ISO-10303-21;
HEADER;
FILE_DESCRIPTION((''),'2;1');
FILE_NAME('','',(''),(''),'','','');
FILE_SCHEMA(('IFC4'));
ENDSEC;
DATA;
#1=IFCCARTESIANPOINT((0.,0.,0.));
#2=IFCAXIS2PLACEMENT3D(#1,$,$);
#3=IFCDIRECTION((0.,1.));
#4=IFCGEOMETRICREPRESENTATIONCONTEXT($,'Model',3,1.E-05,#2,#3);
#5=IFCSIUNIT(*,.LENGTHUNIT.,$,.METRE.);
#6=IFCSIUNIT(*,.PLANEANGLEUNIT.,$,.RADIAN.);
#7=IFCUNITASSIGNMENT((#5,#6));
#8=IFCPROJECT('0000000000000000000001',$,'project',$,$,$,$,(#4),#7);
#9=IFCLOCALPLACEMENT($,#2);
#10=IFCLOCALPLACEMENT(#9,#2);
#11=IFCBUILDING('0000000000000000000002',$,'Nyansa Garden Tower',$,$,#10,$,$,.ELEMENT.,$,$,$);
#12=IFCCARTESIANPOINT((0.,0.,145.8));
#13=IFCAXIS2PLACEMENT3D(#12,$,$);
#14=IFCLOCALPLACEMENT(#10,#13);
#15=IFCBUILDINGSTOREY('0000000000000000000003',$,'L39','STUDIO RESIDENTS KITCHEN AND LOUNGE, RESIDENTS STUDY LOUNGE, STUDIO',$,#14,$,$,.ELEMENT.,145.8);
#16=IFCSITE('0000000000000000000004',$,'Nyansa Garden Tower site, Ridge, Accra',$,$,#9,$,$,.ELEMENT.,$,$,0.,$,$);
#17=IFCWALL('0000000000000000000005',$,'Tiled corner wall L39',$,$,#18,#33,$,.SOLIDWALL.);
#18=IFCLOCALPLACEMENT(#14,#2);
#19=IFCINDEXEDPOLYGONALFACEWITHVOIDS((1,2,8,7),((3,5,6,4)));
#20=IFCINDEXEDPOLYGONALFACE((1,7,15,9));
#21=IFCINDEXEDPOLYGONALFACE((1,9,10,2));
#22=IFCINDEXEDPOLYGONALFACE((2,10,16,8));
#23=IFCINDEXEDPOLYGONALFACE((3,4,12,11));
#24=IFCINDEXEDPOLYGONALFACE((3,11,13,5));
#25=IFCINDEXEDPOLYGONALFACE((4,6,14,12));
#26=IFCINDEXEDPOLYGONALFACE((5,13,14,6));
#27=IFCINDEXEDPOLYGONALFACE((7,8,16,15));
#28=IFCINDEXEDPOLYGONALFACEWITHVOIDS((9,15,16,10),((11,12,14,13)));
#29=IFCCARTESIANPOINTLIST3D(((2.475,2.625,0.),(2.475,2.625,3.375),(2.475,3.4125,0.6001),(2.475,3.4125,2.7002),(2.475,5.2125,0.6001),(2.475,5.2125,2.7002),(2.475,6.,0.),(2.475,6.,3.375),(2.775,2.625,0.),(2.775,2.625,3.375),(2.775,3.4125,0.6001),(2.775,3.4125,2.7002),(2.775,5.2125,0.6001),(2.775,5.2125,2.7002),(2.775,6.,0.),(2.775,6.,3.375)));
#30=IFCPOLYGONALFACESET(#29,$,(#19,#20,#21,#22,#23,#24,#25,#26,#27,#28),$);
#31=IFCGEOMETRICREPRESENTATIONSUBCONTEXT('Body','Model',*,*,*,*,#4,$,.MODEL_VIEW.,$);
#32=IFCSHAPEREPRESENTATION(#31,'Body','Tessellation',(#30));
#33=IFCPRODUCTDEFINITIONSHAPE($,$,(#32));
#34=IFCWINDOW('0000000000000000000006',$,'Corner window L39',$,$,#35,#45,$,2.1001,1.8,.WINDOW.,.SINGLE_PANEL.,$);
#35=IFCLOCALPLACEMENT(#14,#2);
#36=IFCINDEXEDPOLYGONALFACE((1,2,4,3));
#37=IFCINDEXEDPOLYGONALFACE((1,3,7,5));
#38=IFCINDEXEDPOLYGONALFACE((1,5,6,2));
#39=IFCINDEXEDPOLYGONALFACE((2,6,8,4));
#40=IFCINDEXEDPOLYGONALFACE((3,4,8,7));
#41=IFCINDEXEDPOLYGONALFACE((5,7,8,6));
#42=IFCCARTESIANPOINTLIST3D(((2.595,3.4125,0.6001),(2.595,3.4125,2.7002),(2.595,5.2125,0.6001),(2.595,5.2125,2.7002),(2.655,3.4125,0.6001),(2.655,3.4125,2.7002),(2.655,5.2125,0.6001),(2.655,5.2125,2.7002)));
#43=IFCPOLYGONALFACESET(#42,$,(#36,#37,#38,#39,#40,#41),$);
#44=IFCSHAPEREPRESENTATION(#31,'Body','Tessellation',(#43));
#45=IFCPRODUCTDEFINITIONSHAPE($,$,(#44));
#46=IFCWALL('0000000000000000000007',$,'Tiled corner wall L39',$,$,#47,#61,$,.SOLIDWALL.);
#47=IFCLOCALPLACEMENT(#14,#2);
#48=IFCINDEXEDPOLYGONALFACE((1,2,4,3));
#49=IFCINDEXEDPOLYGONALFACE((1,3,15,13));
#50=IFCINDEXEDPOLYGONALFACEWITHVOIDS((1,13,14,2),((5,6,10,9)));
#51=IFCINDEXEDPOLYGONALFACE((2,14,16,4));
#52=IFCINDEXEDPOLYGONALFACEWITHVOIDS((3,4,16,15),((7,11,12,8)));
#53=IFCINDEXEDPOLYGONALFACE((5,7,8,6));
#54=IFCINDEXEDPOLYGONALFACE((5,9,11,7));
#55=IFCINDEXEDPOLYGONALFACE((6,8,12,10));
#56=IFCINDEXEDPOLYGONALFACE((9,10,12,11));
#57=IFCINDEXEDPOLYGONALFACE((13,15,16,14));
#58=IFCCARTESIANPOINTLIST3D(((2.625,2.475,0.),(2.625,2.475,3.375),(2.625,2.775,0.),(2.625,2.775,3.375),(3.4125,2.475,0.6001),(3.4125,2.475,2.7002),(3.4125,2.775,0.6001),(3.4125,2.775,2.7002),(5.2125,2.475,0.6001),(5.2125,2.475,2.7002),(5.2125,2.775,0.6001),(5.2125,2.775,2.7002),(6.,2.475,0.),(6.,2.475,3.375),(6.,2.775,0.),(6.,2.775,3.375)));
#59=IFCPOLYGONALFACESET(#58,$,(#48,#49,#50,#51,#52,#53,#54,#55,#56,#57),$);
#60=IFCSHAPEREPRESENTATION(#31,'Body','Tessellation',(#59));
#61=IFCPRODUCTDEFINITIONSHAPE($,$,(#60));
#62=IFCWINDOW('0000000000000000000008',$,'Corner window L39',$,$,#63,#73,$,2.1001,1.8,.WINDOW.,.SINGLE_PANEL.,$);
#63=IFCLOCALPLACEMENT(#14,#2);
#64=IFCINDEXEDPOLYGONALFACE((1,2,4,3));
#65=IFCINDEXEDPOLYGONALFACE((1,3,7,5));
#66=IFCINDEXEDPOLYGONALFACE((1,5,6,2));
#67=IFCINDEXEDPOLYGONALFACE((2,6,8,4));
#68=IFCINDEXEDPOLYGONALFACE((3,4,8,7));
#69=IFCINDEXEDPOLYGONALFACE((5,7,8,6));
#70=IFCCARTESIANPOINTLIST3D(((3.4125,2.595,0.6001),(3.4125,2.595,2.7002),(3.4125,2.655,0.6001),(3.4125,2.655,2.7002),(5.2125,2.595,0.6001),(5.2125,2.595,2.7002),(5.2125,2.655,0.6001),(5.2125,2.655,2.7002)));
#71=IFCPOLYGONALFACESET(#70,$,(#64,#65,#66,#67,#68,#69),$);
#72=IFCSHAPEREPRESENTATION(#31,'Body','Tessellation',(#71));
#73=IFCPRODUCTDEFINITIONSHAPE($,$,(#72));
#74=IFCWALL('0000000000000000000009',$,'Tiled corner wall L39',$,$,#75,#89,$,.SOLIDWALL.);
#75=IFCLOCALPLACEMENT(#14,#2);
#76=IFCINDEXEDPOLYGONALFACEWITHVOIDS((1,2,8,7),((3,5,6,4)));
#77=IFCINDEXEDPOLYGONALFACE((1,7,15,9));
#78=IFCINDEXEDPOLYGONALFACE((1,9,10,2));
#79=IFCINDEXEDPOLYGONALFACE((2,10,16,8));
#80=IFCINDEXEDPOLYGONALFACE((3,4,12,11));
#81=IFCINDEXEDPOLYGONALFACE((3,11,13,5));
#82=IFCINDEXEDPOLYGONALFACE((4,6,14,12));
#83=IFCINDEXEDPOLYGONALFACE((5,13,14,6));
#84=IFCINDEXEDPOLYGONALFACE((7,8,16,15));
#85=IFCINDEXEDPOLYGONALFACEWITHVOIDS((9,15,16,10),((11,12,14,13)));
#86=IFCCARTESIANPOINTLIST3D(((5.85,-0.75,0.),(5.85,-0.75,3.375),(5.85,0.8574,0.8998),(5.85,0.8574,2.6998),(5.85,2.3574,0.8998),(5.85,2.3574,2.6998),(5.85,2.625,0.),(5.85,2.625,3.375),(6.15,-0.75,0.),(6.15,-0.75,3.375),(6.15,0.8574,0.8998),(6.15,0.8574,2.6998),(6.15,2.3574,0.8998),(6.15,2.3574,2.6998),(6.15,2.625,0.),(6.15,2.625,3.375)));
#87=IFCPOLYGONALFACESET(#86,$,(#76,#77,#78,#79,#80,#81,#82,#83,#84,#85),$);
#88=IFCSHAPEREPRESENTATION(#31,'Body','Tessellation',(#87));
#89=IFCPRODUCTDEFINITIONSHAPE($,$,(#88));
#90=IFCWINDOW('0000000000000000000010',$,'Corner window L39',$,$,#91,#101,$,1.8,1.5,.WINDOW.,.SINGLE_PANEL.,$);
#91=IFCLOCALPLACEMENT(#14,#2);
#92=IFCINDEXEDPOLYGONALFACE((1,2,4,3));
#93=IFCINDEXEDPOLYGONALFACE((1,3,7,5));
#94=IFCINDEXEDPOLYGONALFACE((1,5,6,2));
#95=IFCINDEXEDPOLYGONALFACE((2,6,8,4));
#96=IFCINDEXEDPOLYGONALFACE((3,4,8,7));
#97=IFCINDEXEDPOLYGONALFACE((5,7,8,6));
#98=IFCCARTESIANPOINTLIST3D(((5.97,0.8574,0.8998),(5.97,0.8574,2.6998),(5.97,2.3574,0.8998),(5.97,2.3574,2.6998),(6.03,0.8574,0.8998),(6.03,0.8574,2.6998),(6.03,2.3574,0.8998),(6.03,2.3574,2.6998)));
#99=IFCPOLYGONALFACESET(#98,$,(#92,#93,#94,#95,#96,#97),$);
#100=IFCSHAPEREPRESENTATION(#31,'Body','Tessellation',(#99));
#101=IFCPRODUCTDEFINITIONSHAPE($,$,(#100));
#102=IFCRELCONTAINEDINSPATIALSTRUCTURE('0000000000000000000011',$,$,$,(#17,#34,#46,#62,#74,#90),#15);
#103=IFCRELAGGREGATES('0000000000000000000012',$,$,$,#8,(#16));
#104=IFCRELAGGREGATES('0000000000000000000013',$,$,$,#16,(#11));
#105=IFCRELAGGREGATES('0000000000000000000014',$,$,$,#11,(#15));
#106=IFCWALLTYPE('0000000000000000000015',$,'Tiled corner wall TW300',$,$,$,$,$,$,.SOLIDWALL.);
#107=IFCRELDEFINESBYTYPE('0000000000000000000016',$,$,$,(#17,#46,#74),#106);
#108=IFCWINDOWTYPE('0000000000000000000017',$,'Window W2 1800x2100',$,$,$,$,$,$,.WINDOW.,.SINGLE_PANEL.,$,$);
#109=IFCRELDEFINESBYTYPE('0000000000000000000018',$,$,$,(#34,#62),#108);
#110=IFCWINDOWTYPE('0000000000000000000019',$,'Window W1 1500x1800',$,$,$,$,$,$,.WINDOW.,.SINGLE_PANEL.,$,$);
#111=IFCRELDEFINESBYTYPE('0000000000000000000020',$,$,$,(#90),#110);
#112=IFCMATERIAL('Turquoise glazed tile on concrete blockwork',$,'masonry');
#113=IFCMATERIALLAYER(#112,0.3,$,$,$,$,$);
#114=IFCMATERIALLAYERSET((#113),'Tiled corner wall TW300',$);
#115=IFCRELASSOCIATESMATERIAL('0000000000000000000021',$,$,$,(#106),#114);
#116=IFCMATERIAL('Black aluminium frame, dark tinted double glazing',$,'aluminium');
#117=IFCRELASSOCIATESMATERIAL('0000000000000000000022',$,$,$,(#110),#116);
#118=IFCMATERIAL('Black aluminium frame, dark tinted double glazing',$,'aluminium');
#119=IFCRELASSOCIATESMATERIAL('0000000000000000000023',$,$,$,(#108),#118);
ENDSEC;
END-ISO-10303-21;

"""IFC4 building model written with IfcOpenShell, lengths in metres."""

from ifc_helpers import new_model, si_unit, direction, frame, frame_2d, origin, place, context, subcontext, project, spatial, rectangle, extrude, material, layer, layer_set, type_object, element, fill, save


model = new_model("IFC4")

# Units and contexts
model_context = context("Model", 3, precision=1e-05, world=origin(), true_north=direction((0.0, 1.0)))
body_context = subcontext(model_context, "Body", "Model", "MODEL_VIEW")
ifc_project = project(units=[si_unit("LENGTHUNIT", "METRE"), si_unit("PLANEANGLEUNIT", "RADIAN")], contexts=[model_context])

# Site, building, storey
site_placement = place(None, origin())
site = spatial("IfcSite", under=ifc_project, at=site_placement, Name="Nyansa Garden Tower site, Ridge, Accra", CompositionType="ELEMENT", RefElevation=0.0)
building_placement = place(site_placement, origin())
building = spatial("IfcBuilding", under=site, at=building_placement, Name="Nyansa Garden Tower", CompositionType="ELEMENT")
storey_placement = place(building_placement, frame((0.0, 0.0, 145.8)))
storey = spatial("IfcBuildingStorey", under=building, at=storey_placement, Name="L39", Description="STUDIO RESIDENTS KITCHEN AND LOUNGE, RESIDENTS STUDY LOUNGE, STUDIO", CompositionType="ELEMENT", Elevation=145.8)

# Walls, openings, windows
ifc_material_1 = material(Name="Turquoise glazed tile on concrete blockwork", Category="masonry")
ifc_layer_1 = layer(ifc_material_1, 0.3)
ifc_layer_set_1 = layer_set([ifc_layer_1], Name="Tiled corner wall TW300")
wall_type = type_object("IfcWallType", Name="Tiled corner wall TW300", PredefinedType="SOLIDWALL", material=ifc_layer_set_1)
ifc_material_2 = material(Name="Black aluminium frame, dark tinted double glazing", Category="aluminium")
window_type_1 = type_object("IfcWindowType", Name="Window W1 1500x1800", PartitioningType="SINGLE_PANEL", PredefinedType="WINDOW", material=ifc_material_2)
wall_1_placement = place(storey_placement, frame((2.625, 6.0, 0.0), z_axis=(0.0, 0.0, 1.0), x_axis=(0.0, -1.0, 0.0)))
wall_1 = element("IfcWall", 1, at=wall_1_placement, inside=storey, type_object=wall_type, Name="Tiled corner wall L39", PredefinedType="SOLIDWALL", context=body_context, shape_type="SweptSolid", body=[
    extrude(rectangle(XDim=3.375, YDim=0.3, at=frame_2d((1.6875, 0.0))), origin(), (0.0, 0.0, 1.0), 3.375),
])
opening_1_placement = place(wall_1_placement, frame((0.7876, 0.0, 0.6001)))
opening_1 = element("IfcOpeningElement", 2, at=opening_1_placement, cuts=wall_1, PredefinedType="OPENING", context=body_context, shape_type="SweptSolid", body=[
    extrude(rectangle(XDim=1.8, YDim=2.1001, at=frame_2d((0.8999, 1.05))), frame((0.0, 0.1599, 0.0), z_axis=(0.0, -1.0, 0.0), x_axis=(1.0, 0.0, 0.0)), (0.0, 0.0, 1.0), 0.3201),
])
ifc_material_3 = material(Name="Black aluminium frame, dark tinted double glazing", Category="aluminium")
window_type_2 = type_object("IfcWindowType", Name="Window W2 1800x2100", PartitioningType="SINGLE_PANEL", PredefinedType="WINDOW", material=ifc_material_3)
window_1_placement = place(opening_1_placement, origin())
window_1 = element("IfcWindow", 3, at=window_1_placement, inside=storey, type_object=window_type_2, Name="Corner window L39", OverallHeight=2.1001, OverallWidth=1.8, PartitioningType="SINGLE_PANEL", PredefinedType="WINDOW", context=body_context, shape_type="SweptSolid", body=[
    extrude(rectangle(XDim=1.8, YDim=2.1001, at=frame_2d((0.8999, 1.05))), frame((0.0, 0.03, 0.0), z_axis=(0.0, -1.0, 0.0), x_axis=(1.0, 0.0, 0.0)), (0.0, 0.0, 1.0), 0.0601),
])
fill(opening_1, window_1)
wall_2_placement = place(storey_placement, frame((2.625, 2.625, 0.0), z_axis=(0.0, 0.0, 1.0), x_axis=(1.0, 0.0, 0.0)))
wall_2 = element("IfcWall", 4, at=wall_2_placement, inside=storey, type_object=wall_type, Name="Tiled corner wall L39", PredefinedType="SOLIDWALL", context=body_context, shape_type="SweptSolid", body=[
    extrude(rectangle(XDim=3.375, YDim=0.3, at=frame_2d((1.6875, 0.0))), origin(), (0.0, 0.0, 1.0), 3.375),
])
opening_2_placement = place(wall_2_placement, frame((0.7876, 0.0, 0.6001)))
opening_2 = element("IfcOpeningElement", 5, at=opening_2_placement, cuts=wall_2, PredefinedType="OPENING", context=body_context, shape_type="SweptSolid", body=[
    extrude(rectangle(XDim=1.8, YDim=2.1001, at=frame_2d((0.8999, 1.05))), frame((0.0, 0.1599, 0.0), z_axis=(0.0, -1.0, 0.0), x_axis=(1.0, 0.0, 0.0)), (0.0, 0.0, 1.0), 0.3201),
])
window_2_placement = place(opening_2_placement, origin())
window_2 = element("IfcWindow", 6, at=window_2_placement, inside=storey, type_object=window_type_2, Name="Corner window L39", OverallHeight=2.1001, OverallWidth=1.8, PartitioningType="SINGLE_PANEL", PredefinedType="WINDOW", context=body_context, shape_type="SweptSolid", body=[
    extrude(rectangle(XDim=1.8, YDim=2.1001, at=frame_2d((0.8999, 1.05))), frame((0.0, 0.03, 0.0), z_axis=(0.0, -1.0, 0.0), x_axis=(1.0, 0.0, 0.0)), (0.0, 0.0, 1.0), 0.0601),
])
fill(opening_2, window_2)
wall_3_placement = place(storey_placement, frame((6.0, 2.625, 0.0), z_axis=(0.0, 0.0, 1.0), x_axis=(0.0, -1.0, 0.0)))
wall_3 = element("IfcWall", 7, at=wall_3_placement, inside=storey, type_object=wall_type, Name="Tiled corner wall L39", PredefinedType="SOLIDWALL", context=body_context, shape_type="SweptSolid", body=[
    extrude(rectangle(XDim=3.375, YDim=0.3, at=frame_2d((1.6875, 0.0))), origin(), (0.0, 0.0, 1.0), 3.375),
])
opening_3_placement = place(wall_3_placement, frame((0.2676, 0.0, 0.8999)))
opening_3 = element("IfcOpeningElement", 8, at=opening_3_placement, cuts=wall_3, PredefinedType="OPENING", context=body_context, shape_type="SweptSolid", body=[
    extrude(rectangle(XDim=1.5, YDim=1.8, at=frame_2d((0.75, 0.8999))), frame((0.0, 0.1599, 0.0), z_axis=(0.0, -1.0, 0.0), x_axis=(1.0, 0.0, 0.0)), (0.0, 0.0, 1.0), 0.3201),
])
window_3_placement = place(opening_3_placement, origin())
window_3 = element("IfcWindow", 9, at=window_3_placement, inside=storey, type_object=window_type_1, Name="Corner window L39", OverallHeight=1.8, OverallWidth=1.5, PartitioningType="SINGLE_PANEL", PredefinedType="WINDOW", context=body_context, shape_type="SweptSolid", body=[
    extrude(rectangle(XDim=1.5, YDim=1.8, at=frame_2d((0.75, 0.8999))), frame((0.0, 0.03, 0.0), z_axis=(0.0, -1.0, 0.0), x_axis=(1.0, 0.0, 0.0)), (0.0, 0.0, 1.0), 0.0601),
])
fill(opening_3, window_3)

save(model, "model.ifc")
